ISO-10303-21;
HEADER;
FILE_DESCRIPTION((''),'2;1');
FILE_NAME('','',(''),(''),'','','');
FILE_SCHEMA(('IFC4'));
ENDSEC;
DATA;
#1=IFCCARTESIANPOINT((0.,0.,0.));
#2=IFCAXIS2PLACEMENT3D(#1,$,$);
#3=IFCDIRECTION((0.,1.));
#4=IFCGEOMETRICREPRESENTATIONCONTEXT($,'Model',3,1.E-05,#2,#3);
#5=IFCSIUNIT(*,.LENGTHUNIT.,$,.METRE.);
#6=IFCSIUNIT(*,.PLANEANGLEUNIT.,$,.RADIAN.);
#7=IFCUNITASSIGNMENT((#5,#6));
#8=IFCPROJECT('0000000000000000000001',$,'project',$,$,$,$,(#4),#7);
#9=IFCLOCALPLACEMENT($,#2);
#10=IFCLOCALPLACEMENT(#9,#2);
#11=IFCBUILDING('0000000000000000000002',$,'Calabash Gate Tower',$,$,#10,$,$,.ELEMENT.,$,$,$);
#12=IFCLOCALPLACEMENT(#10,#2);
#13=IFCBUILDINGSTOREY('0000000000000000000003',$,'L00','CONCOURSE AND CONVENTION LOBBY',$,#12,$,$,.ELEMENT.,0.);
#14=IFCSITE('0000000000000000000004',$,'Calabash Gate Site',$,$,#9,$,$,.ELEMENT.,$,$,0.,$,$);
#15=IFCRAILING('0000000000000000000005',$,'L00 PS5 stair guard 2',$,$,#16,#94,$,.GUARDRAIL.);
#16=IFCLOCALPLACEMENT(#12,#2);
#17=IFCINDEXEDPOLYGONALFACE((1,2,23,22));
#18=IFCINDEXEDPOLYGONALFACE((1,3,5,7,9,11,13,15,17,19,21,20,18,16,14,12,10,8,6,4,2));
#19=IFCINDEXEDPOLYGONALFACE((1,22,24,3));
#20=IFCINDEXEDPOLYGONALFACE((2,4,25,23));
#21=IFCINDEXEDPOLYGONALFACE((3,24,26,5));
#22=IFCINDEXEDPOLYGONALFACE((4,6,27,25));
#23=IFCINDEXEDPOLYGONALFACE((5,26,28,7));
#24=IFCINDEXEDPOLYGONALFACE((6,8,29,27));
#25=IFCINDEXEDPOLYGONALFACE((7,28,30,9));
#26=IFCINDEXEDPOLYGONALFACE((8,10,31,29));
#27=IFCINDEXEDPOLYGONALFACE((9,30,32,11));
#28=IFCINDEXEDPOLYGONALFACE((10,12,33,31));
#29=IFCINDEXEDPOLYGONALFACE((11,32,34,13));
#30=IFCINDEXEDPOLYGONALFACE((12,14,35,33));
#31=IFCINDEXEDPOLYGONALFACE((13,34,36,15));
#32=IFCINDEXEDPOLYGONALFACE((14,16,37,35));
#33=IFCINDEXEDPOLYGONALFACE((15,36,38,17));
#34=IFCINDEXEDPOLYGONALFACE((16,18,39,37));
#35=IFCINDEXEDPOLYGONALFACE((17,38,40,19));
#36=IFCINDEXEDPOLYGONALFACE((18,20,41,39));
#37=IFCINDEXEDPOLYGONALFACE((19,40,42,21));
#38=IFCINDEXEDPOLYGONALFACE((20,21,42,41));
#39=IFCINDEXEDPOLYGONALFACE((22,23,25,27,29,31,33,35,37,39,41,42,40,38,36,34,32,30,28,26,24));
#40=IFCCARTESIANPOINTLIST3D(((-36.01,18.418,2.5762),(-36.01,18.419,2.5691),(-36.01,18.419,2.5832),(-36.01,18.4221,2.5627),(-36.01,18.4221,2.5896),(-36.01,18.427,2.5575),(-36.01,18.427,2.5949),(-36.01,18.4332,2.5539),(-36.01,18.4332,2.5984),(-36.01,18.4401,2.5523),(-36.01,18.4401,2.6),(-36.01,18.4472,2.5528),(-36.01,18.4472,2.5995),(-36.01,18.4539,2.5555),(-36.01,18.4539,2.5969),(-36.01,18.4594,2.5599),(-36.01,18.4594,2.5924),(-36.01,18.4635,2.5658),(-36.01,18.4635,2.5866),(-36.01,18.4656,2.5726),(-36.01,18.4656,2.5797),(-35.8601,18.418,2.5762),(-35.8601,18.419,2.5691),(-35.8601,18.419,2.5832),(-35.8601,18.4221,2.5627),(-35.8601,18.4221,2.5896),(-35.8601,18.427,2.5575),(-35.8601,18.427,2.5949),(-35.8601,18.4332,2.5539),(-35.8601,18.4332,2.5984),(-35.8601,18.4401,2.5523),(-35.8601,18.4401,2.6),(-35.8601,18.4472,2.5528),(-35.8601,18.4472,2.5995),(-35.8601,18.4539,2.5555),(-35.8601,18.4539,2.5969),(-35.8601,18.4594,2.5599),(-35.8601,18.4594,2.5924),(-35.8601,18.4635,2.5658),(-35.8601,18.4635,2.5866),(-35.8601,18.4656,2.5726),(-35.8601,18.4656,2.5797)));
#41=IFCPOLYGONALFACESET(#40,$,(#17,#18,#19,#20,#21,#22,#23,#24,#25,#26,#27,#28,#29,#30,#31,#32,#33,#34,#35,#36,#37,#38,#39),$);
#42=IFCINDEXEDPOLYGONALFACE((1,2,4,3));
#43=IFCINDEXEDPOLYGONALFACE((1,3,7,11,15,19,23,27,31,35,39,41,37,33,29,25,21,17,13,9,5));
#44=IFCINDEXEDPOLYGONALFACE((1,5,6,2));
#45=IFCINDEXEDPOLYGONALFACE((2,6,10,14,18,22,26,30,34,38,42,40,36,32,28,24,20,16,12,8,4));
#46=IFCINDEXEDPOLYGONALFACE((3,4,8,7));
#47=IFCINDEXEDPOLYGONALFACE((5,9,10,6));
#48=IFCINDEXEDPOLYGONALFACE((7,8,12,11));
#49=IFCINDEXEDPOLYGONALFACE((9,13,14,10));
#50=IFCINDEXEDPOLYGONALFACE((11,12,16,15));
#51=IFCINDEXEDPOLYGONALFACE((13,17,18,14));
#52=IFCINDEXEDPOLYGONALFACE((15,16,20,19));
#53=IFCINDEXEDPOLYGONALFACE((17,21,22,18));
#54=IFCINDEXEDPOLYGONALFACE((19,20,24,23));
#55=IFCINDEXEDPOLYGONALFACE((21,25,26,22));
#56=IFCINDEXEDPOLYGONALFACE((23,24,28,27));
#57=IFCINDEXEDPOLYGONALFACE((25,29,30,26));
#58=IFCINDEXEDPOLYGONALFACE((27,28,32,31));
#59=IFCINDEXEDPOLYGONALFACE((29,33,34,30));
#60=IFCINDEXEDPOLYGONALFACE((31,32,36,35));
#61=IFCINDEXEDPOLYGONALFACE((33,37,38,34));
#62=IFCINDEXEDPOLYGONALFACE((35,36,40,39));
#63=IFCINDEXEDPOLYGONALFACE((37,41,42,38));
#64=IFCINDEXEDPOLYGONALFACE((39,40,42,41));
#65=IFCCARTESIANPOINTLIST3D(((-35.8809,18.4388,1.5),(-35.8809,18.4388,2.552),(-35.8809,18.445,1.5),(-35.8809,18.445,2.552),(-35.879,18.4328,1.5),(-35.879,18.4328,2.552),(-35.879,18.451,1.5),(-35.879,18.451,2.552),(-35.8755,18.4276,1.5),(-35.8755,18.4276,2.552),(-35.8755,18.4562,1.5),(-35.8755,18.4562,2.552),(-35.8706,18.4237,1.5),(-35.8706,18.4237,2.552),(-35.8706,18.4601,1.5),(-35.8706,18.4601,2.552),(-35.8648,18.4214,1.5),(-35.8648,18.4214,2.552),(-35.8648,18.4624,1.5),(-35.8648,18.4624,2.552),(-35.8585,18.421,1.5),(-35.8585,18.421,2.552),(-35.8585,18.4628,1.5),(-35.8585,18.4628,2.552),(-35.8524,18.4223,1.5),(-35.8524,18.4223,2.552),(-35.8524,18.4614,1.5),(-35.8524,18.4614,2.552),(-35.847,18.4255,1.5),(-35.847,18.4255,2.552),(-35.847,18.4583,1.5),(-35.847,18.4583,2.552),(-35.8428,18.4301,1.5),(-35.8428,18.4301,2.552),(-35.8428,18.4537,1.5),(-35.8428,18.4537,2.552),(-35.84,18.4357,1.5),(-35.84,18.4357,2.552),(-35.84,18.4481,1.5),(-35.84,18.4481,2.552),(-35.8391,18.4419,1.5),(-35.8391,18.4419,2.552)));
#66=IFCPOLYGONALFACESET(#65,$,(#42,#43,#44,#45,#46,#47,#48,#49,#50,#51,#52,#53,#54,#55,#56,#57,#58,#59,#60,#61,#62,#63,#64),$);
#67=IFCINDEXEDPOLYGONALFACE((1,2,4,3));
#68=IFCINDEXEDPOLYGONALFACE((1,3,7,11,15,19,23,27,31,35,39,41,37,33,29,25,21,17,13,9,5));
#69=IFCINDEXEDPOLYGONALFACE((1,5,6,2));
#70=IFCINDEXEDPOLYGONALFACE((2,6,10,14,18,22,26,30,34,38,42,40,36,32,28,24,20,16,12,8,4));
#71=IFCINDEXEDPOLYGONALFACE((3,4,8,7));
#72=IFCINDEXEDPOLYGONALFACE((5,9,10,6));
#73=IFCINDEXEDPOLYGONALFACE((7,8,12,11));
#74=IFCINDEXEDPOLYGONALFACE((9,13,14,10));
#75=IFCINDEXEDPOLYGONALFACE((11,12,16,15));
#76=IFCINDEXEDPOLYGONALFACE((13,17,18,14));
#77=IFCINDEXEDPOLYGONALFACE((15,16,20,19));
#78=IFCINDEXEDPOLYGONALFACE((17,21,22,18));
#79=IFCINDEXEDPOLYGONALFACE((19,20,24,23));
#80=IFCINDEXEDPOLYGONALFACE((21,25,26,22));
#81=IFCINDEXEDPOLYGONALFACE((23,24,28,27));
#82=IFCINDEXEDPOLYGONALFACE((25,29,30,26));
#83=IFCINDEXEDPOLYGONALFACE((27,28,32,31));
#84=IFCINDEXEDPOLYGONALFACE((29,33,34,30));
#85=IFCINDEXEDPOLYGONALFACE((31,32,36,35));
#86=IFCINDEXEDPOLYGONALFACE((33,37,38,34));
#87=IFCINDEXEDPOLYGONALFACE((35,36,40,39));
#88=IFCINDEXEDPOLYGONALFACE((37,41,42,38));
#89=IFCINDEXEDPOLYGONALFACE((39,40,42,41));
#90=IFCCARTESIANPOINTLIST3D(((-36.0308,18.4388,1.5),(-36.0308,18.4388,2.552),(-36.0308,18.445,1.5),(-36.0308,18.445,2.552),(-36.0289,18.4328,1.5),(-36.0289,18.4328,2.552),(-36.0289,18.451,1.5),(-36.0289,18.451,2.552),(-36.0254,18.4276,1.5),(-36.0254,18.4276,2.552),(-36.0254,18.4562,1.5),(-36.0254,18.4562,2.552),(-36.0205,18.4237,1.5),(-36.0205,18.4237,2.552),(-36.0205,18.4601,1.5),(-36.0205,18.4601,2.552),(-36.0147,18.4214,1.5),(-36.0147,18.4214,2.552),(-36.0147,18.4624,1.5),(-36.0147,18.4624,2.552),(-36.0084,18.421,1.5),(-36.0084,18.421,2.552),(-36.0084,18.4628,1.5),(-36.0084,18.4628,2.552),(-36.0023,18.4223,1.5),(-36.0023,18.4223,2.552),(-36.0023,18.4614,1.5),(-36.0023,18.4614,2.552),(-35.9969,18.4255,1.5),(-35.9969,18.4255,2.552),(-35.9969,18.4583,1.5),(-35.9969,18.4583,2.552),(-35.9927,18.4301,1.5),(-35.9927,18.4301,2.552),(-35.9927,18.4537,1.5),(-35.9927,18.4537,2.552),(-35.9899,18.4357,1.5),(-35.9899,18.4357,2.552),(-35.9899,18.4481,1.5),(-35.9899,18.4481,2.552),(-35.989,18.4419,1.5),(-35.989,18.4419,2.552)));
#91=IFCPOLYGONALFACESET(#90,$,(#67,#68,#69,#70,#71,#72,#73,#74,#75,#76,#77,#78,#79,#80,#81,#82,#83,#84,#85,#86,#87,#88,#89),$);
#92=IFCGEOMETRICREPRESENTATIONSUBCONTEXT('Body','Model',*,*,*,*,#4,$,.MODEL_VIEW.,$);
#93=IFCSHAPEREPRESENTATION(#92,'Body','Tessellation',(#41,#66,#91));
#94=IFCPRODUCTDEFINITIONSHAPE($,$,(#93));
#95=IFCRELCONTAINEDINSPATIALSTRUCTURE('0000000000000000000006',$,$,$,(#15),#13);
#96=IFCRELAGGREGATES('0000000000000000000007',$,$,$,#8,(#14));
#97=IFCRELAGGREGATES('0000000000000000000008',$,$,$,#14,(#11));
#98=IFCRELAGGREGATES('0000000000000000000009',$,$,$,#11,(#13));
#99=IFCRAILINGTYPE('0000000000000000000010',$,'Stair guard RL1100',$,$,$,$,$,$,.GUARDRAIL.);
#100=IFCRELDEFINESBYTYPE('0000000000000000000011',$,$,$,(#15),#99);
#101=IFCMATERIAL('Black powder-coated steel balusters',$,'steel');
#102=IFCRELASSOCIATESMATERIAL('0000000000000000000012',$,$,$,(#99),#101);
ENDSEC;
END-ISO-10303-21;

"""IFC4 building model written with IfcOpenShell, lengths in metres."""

from ifc_helpers import new_model, si_unit, direction, frame, origin, origin_2d, place, context, subcontext, project, spatial, circle, extrude, material, type_object, element, save


model = new_model("IFC4")

# Units and contexts
model_context = context("Model", 3, precision=1e-05, world=origin(), true_north=direction((0.0, 1.0)))
body_context = subcontext(model_context, "Body", "Model", "MODEL_VIEW")
ifc_project = project(units=[si_unit("LENGTHUNIT", "METRE"), si_unit("PLANEANGLEUNIT", "RADIAN")], contexts=[model_context])

# Site, building, storey
site_placement = place(None, origin())
site = spatial("IfcSite", under=ifc_project, at=site_placement, Name="Calabash Gate Site", CompositionType="ELEMENT", RefElevation=0.0)
building_placement = place(site_placement, origin())
building = spatial("IfcBuilding", under=site, at=building_placement, Name="Calabash Gate Tower", CompositionType="ELEMENT")
storey_placement = place(building_placement, origin())
storey = spatial("IfcBuildingStorey", under=building, at=storey_placement, Name="L00", Description="CONCOURSE AND CONVENTION LOBBY", CompositionType="ELEMENT", Elevation=0.0)

# Railing
ifc_material_1 = material(Name="Black powder-coated steel balusters", Category="steel")
railing_type_1 = type_object("IfcRailingType", Name="Stair guard RL1100", PredefinedType="GUARDRAIL", material=ifc_material_1)
railing_1_placement = place(storey_placement, frame((-35.8601, 18.4419, 1.5)))
element("IfcRailing", 1, at=railing_1_placement, inside=storey, type_object=railing_type_1, Name="L00 PS5 stair guard 2", PredefinedType="GUARDRAIL", context=body_context, shape_type="SweptSolid", body=[
    extrude(circle(Radius=0.0239, at=origin_2d()), frame((0.0, 0.0, 1.0762), z_axis=(-1.0, 0.0, 0.0), x_axis=(0.0, -1.0, 0.0)), (0.0, 0.0, 1.0), 0.1499),
    extrude(circle(Radius=0.021, at=origin_2d()), origin(), (0.0, 0.0, 1.0), 1.052),
    extrude(circle(Radius=0.021, at=origin_2d()), frame((-0.1499, 0.0, 0.0)), (0.0, 0.0, 1.0), 1.052),
])

save(model, "model.ifc")
